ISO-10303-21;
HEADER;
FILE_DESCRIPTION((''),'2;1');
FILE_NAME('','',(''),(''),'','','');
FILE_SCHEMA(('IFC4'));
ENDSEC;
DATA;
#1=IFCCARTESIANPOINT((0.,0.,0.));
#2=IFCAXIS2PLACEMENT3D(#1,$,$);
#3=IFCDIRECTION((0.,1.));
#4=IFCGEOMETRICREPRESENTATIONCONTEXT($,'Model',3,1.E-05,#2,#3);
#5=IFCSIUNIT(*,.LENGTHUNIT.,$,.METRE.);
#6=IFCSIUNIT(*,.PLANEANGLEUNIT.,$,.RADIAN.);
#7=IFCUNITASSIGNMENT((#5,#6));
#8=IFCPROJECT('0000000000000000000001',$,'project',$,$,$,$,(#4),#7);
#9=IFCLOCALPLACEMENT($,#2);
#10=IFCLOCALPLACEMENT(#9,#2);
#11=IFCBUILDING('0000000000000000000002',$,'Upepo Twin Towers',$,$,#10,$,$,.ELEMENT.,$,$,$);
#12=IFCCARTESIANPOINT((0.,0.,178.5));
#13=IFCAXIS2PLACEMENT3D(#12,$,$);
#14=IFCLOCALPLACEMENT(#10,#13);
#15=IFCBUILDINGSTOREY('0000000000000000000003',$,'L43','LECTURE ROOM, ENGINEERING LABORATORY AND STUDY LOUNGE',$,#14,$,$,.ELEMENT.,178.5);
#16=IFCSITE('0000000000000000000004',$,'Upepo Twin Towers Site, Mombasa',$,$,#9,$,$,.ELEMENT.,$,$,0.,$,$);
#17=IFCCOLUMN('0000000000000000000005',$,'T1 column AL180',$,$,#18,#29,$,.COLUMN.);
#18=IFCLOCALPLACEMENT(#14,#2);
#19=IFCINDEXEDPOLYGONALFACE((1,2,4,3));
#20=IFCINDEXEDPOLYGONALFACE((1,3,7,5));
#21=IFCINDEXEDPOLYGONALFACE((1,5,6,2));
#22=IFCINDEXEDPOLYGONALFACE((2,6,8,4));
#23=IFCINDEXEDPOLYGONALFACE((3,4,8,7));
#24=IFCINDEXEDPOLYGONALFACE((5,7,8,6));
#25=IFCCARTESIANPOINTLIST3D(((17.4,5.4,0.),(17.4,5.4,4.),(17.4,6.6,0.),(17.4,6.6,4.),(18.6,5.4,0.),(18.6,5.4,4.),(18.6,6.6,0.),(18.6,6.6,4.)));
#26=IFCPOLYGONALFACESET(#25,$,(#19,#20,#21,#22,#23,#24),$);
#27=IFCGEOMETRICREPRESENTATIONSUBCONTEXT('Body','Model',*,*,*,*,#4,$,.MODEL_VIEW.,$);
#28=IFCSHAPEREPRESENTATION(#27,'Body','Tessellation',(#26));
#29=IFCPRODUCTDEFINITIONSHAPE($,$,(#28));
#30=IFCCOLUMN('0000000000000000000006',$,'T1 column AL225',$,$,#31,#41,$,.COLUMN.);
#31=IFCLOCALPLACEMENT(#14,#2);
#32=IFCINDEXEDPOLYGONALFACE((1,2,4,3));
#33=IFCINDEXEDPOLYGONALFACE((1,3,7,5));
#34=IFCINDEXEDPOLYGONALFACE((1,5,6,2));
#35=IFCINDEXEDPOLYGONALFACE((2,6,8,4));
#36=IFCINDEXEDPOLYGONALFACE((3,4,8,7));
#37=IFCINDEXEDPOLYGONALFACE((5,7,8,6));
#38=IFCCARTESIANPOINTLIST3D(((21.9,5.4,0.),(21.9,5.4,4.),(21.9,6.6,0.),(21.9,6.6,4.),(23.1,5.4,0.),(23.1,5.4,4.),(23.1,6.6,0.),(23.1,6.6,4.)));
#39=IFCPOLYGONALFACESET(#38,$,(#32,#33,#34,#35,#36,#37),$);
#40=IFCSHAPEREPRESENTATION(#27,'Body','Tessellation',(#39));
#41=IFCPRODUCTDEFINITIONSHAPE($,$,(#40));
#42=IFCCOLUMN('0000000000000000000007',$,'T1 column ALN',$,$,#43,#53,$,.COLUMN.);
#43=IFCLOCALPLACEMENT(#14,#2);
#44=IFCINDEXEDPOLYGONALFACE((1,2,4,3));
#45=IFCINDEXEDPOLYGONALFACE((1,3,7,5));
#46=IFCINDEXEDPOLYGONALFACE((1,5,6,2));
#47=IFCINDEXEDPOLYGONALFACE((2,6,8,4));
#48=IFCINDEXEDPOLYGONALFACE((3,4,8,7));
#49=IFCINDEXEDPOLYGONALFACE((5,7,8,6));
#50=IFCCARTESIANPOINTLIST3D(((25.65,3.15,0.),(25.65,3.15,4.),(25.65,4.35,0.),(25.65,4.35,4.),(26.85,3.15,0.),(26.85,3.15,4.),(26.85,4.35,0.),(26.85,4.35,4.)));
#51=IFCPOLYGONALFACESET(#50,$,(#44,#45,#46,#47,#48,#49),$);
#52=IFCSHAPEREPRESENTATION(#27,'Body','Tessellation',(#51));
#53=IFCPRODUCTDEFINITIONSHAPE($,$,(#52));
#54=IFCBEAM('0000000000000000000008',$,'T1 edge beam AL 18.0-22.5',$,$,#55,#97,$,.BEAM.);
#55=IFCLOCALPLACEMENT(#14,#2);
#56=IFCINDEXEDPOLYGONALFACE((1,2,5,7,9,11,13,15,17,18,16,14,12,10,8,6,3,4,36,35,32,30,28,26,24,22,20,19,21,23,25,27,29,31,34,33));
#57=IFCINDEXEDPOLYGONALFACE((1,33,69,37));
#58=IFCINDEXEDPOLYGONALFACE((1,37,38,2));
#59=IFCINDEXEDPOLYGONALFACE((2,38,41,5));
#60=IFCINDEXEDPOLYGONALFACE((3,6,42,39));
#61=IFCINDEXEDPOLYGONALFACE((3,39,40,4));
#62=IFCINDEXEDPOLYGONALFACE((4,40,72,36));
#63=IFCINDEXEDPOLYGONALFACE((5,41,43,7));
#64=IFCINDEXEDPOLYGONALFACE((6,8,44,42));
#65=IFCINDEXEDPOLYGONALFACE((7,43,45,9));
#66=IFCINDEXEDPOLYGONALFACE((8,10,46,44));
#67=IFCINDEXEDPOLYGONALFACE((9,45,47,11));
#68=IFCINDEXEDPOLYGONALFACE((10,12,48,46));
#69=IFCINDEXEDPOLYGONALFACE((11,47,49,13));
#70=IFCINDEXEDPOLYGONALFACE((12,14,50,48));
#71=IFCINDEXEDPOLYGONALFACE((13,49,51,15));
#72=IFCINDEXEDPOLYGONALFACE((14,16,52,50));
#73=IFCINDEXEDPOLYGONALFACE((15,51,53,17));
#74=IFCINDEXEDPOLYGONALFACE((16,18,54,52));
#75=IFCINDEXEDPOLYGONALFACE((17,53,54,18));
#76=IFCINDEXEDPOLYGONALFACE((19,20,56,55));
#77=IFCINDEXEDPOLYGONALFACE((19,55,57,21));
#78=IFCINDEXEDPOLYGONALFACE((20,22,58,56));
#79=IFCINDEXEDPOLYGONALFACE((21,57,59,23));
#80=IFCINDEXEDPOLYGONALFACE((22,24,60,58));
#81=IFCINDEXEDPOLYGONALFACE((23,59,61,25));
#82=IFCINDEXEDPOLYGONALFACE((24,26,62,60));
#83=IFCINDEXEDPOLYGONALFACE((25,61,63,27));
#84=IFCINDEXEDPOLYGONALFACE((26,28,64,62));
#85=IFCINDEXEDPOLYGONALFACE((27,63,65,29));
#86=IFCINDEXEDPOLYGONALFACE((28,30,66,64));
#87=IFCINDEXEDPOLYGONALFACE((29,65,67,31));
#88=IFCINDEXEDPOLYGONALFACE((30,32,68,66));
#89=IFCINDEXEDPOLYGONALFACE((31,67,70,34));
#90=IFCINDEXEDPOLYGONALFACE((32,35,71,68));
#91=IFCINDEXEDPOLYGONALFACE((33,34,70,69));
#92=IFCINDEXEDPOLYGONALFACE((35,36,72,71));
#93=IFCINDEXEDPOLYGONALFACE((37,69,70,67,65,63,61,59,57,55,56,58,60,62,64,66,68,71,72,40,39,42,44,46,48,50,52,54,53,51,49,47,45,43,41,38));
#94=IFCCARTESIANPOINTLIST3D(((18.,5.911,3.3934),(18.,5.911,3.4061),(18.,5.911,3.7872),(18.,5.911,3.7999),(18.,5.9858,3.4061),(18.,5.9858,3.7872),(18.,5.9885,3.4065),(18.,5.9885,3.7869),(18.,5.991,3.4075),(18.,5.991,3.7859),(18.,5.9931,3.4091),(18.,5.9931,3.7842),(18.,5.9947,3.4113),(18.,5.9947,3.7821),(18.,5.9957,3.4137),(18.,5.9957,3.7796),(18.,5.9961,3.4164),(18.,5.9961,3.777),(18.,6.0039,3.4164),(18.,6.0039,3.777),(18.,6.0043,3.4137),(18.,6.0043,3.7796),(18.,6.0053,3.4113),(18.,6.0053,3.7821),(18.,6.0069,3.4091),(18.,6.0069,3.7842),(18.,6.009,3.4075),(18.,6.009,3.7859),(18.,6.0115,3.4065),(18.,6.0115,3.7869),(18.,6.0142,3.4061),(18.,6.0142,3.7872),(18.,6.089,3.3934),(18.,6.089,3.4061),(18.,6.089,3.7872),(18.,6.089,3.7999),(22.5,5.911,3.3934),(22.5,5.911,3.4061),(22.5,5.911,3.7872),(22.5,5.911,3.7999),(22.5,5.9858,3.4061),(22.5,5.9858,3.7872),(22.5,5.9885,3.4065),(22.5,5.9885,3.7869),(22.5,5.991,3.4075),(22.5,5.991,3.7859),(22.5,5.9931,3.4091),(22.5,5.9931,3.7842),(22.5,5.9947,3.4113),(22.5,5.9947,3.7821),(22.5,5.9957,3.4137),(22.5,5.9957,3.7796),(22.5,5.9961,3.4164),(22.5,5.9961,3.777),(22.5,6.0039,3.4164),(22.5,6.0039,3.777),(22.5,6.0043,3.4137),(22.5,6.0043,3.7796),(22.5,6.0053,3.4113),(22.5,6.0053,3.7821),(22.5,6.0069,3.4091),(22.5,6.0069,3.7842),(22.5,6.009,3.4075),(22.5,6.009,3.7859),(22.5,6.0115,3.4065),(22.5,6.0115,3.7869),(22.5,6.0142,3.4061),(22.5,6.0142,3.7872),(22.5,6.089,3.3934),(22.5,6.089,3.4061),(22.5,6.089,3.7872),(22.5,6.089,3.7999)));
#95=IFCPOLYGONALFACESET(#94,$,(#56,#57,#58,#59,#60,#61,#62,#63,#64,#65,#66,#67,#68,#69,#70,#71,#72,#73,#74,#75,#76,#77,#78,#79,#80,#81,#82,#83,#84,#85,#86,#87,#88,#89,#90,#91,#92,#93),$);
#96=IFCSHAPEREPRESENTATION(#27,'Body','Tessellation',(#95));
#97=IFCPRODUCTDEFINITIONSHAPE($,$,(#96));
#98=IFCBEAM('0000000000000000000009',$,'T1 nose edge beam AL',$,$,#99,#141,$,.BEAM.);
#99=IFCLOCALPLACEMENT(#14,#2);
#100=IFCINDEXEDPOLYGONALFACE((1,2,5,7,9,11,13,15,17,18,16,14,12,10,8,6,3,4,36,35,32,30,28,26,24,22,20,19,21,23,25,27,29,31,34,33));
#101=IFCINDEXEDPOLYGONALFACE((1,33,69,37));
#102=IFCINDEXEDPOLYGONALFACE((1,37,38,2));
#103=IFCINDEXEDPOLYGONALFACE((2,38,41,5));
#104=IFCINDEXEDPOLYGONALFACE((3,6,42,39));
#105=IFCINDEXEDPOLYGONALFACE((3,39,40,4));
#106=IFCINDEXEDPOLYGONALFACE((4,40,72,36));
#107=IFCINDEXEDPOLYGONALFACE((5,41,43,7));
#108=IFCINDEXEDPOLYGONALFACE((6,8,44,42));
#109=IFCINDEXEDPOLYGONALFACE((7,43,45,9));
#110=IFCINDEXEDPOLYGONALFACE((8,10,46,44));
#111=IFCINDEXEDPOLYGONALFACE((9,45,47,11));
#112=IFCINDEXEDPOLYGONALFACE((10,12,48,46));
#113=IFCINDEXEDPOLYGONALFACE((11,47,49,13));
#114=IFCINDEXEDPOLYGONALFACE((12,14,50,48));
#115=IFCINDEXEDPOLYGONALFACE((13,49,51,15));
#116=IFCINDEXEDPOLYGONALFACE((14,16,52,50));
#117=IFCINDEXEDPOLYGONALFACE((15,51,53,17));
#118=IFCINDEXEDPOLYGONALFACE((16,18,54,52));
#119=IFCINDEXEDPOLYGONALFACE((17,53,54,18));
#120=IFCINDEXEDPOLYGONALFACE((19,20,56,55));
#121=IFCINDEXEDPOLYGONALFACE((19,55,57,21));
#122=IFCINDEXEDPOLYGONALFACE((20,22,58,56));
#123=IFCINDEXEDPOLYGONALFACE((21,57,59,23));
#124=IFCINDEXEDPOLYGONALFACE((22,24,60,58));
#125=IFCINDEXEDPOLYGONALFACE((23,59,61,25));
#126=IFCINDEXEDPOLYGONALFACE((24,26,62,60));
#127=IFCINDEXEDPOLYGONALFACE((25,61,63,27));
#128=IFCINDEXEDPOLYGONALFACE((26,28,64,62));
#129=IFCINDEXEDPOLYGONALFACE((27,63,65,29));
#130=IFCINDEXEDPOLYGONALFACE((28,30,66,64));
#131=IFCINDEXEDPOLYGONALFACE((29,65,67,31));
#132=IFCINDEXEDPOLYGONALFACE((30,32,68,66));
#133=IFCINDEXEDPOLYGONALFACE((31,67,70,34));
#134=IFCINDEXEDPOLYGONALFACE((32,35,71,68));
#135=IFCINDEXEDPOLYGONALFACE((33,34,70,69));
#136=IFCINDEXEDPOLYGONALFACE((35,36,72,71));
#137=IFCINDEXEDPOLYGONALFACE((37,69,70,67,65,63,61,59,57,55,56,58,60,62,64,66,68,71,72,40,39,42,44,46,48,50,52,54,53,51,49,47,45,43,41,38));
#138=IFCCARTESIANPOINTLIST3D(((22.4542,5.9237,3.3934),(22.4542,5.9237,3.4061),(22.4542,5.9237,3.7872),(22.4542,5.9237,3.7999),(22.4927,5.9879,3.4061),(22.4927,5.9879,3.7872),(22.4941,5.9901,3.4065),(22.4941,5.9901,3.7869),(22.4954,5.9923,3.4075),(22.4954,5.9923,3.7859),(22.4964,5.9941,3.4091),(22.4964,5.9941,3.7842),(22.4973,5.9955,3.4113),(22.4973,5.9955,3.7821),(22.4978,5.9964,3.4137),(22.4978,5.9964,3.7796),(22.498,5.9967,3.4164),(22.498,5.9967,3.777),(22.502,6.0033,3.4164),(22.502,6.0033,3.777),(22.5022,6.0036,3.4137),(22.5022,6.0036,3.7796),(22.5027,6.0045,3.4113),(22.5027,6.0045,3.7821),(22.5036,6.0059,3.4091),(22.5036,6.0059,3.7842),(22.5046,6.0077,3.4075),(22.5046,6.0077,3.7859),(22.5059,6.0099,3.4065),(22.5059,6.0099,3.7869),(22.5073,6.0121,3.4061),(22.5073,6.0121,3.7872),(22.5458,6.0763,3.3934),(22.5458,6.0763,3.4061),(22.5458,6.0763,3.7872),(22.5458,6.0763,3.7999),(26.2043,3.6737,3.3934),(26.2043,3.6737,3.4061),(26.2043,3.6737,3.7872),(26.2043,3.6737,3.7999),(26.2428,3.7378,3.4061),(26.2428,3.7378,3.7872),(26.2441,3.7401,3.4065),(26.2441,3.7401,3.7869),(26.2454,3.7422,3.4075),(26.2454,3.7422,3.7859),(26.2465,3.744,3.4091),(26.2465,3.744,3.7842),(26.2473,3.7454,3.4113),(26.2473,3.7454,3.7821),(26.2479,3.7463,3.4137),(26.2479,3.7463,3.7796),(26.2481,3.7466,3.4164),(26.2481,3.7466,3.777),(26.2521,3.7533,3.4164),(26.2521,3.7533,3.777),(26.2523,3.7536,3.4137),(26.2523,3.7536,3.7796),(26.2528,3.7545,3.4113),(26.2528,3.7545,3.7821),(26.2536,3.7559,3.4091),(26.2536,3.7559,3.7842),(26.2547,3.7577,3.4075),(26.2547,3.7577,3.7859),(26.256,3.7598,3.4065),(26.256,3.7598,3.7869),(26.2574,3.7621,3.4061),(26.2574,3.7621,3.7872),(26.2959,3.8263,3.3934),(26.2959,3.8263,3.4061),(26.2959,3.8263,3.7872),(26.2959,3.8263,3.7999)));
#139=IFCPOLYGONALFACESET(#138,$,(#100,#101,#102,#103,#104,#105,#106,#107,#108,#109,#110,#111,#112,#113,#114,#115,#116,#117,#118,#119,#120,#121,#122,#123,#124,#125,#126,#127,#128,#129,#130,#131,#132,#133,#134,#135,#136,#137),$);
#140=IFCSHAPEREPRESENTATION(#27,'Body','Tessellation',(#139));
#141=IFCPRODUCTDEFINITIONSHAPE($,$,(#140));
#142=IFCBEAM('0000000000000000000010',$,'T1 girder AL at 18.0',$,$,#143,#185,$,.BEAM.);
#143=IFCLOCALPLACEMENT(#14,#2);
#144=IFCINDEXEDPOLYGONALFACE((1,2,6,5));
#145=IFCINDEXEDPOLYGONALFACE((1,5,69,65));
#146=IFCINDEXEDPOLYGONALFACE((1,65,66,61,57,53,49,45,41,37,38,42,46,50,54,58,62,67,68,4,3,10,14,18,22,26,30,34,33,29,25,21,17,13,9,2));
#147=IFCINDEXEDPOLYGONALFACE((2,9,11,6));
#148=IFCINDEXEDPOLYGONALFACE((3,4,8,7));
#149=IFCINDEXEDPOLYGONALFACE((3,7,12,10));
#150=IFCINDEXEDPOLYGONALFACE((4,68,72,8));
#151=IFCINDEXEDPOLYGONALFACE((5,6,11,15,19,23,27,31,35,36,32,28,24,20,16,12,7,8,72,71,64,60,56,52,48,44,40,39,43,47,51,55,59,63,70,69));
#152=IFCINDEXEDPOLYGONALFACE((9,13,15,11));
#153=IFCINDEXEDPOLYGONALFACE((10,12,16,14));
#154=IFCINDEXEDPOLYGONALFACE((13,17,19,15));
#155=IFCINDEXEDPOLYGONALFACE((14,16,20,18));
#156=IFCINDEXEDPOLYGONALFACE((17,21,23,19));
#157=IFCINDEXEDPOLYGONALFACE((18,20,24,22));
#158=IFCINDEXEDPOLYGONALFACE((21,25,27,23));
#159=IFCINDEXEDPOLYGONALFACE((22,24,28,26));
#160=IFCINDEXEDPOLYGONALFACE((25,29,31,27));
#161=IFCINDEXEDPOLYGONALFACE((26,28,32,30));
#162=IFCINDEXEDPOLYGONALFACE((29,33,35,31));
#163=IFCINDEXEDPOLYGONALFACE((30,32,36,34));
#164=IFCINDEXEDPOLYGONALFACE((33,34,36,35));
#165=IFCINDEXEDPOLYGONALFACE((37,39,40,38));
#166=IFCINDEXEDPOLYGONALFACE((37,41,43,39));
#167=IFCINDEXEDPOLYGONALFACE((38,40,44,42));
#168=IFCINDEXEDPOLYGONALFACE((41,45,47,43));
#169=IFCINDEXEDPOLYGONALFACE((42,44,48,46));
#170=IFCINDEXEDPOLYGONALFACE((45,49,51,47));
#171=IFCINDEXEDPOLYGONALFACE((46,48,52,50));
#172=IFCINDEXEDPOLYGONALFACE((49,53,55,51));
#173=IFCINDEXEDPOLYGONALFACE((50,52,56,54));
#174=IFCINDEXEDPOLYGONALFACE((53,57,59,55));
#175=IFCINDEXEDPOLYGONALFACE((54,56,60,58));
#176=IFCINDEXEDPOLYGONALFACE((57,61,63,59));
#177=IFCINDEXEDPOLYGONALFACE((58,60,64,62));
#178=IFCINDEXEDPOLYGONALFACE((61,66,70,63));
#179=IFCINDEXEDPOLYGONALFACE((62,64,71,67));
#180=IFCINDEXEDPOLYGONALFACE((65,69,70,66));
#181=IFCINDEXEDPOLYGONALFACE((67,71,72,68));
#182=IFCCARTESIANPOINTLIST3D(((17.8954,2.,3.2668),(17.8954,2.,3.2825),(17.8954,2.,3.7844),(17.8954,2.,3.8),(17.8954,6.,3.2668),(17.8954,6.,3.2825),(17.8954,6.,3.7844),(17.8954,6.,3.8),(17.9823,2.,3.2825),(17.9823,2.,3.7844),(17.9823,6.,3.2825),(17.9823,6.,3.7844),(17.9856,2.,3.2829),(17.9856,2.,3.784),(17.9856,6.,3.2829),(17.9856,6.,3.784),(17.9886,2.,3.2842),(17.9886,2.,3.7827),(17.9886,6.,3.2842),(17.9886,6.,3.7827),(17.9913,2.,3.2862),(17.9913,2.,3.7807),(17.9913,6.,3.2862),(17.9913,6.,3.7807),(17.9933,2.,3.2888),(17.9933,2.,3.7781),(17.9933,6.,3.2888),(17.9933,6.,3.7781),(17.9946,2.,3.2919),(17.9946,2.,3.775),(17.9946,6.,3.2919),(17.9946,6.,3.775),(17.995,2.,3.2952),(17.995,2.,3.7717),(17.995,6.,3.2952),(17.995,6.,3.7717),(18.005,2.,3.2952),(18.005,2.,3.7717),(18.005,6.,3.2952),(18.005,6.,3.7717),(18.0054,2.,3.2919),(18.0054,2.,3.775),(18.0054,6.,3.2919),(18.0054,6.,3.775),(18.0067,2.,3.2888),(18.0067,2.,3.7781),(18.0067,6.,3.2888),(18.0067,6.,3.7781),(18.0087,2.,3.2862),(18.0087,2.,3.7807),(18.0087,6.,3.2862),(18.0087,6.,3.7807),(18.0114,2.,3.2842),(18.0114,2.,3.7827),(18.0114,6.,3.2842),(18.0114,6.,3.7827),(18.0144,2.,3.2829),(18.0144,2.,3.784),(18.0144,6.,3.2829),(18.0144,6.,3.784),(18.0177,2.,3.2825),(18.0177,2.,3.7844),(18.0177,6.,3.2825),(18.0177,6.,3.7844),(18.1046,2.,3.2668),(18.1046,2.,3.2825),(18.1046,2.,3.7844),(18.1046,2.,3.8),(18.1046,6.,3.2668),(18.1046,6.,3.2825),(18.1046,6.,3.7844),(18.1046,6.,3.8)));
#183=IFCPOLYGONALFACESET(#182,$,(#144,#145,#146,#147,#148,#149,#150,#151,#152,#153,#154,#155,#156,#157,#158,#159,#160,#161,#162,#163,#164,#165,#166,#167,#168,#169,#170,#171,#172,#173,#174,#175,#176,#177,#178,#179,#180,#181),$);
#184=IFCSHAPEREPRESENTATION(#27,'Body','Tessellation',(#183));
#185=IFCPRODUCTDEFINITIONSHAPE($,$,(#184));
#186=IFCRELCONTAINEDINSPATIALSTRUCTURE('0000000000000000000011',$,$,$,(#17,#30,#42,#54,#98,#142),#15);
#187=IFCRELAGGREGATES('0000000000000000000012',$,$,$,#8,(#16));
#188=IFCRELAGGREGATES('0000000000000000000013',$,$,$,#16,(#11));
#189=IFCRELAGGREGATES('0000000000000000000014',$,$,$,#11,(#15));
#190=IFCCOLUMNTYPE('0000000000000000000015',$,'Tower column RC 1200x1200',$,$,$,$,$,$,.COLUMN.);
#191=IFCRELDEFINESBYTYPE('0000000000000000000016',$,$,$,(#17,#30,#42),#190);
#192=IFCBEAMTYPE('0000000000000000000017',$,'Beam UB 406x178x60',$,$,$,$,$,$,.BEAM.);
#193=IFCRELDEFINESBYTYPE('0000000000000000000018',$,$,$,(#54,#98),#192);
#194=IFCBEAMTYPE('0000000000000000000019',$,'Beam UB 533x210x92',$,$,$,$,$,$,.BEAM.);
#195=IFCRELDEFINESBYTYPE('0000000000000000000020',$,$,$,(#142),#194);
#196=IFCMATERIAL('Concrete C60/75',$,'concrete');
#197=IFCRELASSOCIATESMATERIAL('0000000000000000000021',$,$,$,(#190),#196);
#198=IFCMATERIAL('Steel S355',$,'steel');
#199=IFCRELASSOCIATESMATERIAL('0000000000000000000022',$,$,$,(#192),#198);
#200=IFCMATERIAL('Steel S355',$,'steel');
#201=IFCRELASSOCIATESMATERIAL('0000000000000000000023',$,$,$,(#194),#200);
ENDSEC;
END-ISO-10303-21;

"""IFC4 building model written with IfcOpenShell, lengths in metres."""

from ifc_helpers import new_model, si_unit, direction, frame, origin, origin_2d, place, context, subcontext, project, spatial, rectangle, i_section, extrude, material, material_profile, profile_set, type_object, element, save


model = new_model("IFC4")

# Units and contexts
model_context = context("Model", 3, precision=1e-05, world=origin(), true_north=direction((0.0, 1.0)))
body_context = subcontext(model_context, "Body", "Model", "MODEL_VIEW")
ifc_project = project(units=[si_unit("LENGTHUNIT", "METRE"), si_unit("PLANEANGLEUNIT", "RADIAN")], contexts=[model_context])

# Site, building, storey
site_placement = place(None, origin())
site = spatial("IfcSite", under=ifc_project, at=site_placement, Name="Upepo Twin Towers Site, Mombasa", CompositionType="ELEMENT", RefElevation=0.0)
building_placement = place(site_placement, origin())
building = spatial("IfcBuilding", under=site, at=building_placement, Name="Upepo Twin Towers", CompositionType="ELEMENT")
storey_placement = place(building_placement, frame((0.0, 0.0, 178.5)))
storey = spatial("IfcBuildingStorey", under=building, at=storey_placement, Name="L43", Description="LECTURE ROOM, ENGINEERING LABORATORY AND STUDY LOUNGE", CompositionType="ELEMENT", Elevation=178.5)

# Columns
ifc_material_1 = material(Name="Concrete C60/75", Category="concrete")
ifc_material_profile_1 = material_profile(ifc_material_1, rectangle(XDim=1.2, YDim=1.2, at=origin_2d()), Name="RC 1200x1200")
ifc_profile_set_1 = profile_set([ifc_material_profile_1], Name="Concrete C60/75")
column_type = type_object("IfcColumnType", Name="Tower column RC 1200x1200", PredefinedType="COLUMN", material=ifc_profile_set_1)
for number, where, z_axis, x_axis, name in (
    (1, (18.0, 6.0, 0.0), (0.0, 0.0, 1.0), (1.0, 0.0, 0.0), "T1 column AL180"),
    (2, (22.5, 6.0, 0.0), (0.0, 0.0, 1.0), (1.0, 0.0, 0.0), "T1 column AL225"),
    (3, (26.25, 3.75, 0.0), (0.0, 0.0, 1.0), (1.0, 0.0, 0.0), "T1 column ALN"),
):
    element("IfcColumn", number, at=place(storey_placement, frame(where, z_axis=z_axis, x_axis=x_axis)), inside=storey, type_object=column_type, Name=name, PredefinedType="COLUMN", context=body_context, shape_type="SweptSolid", body=[
        extrude(rectangle(XDim=1.2, YDim=1.2, at=origin_2d()), origin(), (0.0, 0.0, 1.0), 4.0),
    ])

# Beams
ifc_material_2 = material(Name="Steel S355", Category="steel")
ifc_material_profile_2 = material_profile(ifc_material_2, i_section(OverallWidth=0.178, OverallDepth=0.4065, WebThickness=0.0078, FlangeThickness=0.0127, FilletRadius=0.0103, at=origin_2d()), Name="UB 406x178x60")
ifc_profile_set_2 = profile_set([ifc_material_profile_2], Name="Steel S355")
beam_type_1 = type_object("IfcBeamType", Name="Beam UB 406x178x60", PredefinedType="BEAM", material=ifc_profile_set_2)
beam_1_placement = place(storey_placement, frame((18.0, 6.0, 3.5967), z_axis=(1.0, 0.0, 0.0), x_axis=(0.0, 1.0, 0.0)))
element("IfcBeam", 4, at=beam_1_placement, inside=storey, type_object=beam_type_1, Name="T1 edge beam AL 18.0-22.5", PredefinedType="BEAM", context=body_context, shape_type="SweptSolid", body=[
    extrude(i_section(OverallWidth=0.178, OverallDepth=0.4065, WebThickness=0.0078, FlangeThickness=0.0127, FilletRadius=0.0103, at=origin_2d()), origin(), (0.0, 0.0, 1.0), 4.5),
])
beam_2_placement = place(storey_placement, frame((22.5, 6.0, 3.5967), z_axis=(0.857493, -0.514496, 0.0), x_axis=(0.514496, 0.857493, 0.0)))
element("IfcBeam", 5, at=beam_2_placement, inside=storey, type_object=beam_type_1, Name="T1 nose edge beam AL", PredefinedType="BEAM", context=body_context, shape_type="SweptSolid", body=[
    extrude(i_section(OverallWidth=0.178, OverallDepth=0.4065, WebThickness=0.0078, FlangeThickness=0.0127, FilletRadius=0.0103, at=origin_2d()), origin(), (0.0, 0.0, 1.0), 4.3733),
])
ifc_material_3 = material(Name="Steel S355", Category="steel")
ifc_material_profile_3 = material_profile(ifc_material_3, i_section(OverallWidth=0.2092, OverallDepth=0.5332, WebThickness=0.01, FlangeThickness=0.0156, FilletRadius=0.0127, at=origin_2d()), Name="UB 533x210x92")
ifc_profile_set_3 = profile_set([ifc_material_profile_3], Name="Steel S355")
beam_type_2 = type_object("IfcBeamType", Name="Beam UB 533x210x92", PredefinedType="BEAM", material=ifc_profile_set_3)
for number, where, z_axis, x_axis, name in (
    (6, (18.0, 6.0, 3.5334), (0.0, -1.0, 0.0), (1.0, 0.0, 0.0), "T1 girder AL at 18.0"),
):
    element("IfcBeam", number, at=place(storey_placement, frame(where, z_axis=z_axis, x_axis=x_axis)), inside=storey, type_object=beam_type_2, Name=name, PredefinedType="BEAM", context=body_context, shape_type="SweptSolid", body=[
        extrude(i_section(OverallWidth=0.2092, OverallDepth=0.5332, WebThickness=0.01, FlangeThickness=0.0156, FilletRadius=0.0127, at=origin_2d()), origin(), (0.0, 0.0, 1.0), 4.0),
    ])

save(model, "model.ifc")
